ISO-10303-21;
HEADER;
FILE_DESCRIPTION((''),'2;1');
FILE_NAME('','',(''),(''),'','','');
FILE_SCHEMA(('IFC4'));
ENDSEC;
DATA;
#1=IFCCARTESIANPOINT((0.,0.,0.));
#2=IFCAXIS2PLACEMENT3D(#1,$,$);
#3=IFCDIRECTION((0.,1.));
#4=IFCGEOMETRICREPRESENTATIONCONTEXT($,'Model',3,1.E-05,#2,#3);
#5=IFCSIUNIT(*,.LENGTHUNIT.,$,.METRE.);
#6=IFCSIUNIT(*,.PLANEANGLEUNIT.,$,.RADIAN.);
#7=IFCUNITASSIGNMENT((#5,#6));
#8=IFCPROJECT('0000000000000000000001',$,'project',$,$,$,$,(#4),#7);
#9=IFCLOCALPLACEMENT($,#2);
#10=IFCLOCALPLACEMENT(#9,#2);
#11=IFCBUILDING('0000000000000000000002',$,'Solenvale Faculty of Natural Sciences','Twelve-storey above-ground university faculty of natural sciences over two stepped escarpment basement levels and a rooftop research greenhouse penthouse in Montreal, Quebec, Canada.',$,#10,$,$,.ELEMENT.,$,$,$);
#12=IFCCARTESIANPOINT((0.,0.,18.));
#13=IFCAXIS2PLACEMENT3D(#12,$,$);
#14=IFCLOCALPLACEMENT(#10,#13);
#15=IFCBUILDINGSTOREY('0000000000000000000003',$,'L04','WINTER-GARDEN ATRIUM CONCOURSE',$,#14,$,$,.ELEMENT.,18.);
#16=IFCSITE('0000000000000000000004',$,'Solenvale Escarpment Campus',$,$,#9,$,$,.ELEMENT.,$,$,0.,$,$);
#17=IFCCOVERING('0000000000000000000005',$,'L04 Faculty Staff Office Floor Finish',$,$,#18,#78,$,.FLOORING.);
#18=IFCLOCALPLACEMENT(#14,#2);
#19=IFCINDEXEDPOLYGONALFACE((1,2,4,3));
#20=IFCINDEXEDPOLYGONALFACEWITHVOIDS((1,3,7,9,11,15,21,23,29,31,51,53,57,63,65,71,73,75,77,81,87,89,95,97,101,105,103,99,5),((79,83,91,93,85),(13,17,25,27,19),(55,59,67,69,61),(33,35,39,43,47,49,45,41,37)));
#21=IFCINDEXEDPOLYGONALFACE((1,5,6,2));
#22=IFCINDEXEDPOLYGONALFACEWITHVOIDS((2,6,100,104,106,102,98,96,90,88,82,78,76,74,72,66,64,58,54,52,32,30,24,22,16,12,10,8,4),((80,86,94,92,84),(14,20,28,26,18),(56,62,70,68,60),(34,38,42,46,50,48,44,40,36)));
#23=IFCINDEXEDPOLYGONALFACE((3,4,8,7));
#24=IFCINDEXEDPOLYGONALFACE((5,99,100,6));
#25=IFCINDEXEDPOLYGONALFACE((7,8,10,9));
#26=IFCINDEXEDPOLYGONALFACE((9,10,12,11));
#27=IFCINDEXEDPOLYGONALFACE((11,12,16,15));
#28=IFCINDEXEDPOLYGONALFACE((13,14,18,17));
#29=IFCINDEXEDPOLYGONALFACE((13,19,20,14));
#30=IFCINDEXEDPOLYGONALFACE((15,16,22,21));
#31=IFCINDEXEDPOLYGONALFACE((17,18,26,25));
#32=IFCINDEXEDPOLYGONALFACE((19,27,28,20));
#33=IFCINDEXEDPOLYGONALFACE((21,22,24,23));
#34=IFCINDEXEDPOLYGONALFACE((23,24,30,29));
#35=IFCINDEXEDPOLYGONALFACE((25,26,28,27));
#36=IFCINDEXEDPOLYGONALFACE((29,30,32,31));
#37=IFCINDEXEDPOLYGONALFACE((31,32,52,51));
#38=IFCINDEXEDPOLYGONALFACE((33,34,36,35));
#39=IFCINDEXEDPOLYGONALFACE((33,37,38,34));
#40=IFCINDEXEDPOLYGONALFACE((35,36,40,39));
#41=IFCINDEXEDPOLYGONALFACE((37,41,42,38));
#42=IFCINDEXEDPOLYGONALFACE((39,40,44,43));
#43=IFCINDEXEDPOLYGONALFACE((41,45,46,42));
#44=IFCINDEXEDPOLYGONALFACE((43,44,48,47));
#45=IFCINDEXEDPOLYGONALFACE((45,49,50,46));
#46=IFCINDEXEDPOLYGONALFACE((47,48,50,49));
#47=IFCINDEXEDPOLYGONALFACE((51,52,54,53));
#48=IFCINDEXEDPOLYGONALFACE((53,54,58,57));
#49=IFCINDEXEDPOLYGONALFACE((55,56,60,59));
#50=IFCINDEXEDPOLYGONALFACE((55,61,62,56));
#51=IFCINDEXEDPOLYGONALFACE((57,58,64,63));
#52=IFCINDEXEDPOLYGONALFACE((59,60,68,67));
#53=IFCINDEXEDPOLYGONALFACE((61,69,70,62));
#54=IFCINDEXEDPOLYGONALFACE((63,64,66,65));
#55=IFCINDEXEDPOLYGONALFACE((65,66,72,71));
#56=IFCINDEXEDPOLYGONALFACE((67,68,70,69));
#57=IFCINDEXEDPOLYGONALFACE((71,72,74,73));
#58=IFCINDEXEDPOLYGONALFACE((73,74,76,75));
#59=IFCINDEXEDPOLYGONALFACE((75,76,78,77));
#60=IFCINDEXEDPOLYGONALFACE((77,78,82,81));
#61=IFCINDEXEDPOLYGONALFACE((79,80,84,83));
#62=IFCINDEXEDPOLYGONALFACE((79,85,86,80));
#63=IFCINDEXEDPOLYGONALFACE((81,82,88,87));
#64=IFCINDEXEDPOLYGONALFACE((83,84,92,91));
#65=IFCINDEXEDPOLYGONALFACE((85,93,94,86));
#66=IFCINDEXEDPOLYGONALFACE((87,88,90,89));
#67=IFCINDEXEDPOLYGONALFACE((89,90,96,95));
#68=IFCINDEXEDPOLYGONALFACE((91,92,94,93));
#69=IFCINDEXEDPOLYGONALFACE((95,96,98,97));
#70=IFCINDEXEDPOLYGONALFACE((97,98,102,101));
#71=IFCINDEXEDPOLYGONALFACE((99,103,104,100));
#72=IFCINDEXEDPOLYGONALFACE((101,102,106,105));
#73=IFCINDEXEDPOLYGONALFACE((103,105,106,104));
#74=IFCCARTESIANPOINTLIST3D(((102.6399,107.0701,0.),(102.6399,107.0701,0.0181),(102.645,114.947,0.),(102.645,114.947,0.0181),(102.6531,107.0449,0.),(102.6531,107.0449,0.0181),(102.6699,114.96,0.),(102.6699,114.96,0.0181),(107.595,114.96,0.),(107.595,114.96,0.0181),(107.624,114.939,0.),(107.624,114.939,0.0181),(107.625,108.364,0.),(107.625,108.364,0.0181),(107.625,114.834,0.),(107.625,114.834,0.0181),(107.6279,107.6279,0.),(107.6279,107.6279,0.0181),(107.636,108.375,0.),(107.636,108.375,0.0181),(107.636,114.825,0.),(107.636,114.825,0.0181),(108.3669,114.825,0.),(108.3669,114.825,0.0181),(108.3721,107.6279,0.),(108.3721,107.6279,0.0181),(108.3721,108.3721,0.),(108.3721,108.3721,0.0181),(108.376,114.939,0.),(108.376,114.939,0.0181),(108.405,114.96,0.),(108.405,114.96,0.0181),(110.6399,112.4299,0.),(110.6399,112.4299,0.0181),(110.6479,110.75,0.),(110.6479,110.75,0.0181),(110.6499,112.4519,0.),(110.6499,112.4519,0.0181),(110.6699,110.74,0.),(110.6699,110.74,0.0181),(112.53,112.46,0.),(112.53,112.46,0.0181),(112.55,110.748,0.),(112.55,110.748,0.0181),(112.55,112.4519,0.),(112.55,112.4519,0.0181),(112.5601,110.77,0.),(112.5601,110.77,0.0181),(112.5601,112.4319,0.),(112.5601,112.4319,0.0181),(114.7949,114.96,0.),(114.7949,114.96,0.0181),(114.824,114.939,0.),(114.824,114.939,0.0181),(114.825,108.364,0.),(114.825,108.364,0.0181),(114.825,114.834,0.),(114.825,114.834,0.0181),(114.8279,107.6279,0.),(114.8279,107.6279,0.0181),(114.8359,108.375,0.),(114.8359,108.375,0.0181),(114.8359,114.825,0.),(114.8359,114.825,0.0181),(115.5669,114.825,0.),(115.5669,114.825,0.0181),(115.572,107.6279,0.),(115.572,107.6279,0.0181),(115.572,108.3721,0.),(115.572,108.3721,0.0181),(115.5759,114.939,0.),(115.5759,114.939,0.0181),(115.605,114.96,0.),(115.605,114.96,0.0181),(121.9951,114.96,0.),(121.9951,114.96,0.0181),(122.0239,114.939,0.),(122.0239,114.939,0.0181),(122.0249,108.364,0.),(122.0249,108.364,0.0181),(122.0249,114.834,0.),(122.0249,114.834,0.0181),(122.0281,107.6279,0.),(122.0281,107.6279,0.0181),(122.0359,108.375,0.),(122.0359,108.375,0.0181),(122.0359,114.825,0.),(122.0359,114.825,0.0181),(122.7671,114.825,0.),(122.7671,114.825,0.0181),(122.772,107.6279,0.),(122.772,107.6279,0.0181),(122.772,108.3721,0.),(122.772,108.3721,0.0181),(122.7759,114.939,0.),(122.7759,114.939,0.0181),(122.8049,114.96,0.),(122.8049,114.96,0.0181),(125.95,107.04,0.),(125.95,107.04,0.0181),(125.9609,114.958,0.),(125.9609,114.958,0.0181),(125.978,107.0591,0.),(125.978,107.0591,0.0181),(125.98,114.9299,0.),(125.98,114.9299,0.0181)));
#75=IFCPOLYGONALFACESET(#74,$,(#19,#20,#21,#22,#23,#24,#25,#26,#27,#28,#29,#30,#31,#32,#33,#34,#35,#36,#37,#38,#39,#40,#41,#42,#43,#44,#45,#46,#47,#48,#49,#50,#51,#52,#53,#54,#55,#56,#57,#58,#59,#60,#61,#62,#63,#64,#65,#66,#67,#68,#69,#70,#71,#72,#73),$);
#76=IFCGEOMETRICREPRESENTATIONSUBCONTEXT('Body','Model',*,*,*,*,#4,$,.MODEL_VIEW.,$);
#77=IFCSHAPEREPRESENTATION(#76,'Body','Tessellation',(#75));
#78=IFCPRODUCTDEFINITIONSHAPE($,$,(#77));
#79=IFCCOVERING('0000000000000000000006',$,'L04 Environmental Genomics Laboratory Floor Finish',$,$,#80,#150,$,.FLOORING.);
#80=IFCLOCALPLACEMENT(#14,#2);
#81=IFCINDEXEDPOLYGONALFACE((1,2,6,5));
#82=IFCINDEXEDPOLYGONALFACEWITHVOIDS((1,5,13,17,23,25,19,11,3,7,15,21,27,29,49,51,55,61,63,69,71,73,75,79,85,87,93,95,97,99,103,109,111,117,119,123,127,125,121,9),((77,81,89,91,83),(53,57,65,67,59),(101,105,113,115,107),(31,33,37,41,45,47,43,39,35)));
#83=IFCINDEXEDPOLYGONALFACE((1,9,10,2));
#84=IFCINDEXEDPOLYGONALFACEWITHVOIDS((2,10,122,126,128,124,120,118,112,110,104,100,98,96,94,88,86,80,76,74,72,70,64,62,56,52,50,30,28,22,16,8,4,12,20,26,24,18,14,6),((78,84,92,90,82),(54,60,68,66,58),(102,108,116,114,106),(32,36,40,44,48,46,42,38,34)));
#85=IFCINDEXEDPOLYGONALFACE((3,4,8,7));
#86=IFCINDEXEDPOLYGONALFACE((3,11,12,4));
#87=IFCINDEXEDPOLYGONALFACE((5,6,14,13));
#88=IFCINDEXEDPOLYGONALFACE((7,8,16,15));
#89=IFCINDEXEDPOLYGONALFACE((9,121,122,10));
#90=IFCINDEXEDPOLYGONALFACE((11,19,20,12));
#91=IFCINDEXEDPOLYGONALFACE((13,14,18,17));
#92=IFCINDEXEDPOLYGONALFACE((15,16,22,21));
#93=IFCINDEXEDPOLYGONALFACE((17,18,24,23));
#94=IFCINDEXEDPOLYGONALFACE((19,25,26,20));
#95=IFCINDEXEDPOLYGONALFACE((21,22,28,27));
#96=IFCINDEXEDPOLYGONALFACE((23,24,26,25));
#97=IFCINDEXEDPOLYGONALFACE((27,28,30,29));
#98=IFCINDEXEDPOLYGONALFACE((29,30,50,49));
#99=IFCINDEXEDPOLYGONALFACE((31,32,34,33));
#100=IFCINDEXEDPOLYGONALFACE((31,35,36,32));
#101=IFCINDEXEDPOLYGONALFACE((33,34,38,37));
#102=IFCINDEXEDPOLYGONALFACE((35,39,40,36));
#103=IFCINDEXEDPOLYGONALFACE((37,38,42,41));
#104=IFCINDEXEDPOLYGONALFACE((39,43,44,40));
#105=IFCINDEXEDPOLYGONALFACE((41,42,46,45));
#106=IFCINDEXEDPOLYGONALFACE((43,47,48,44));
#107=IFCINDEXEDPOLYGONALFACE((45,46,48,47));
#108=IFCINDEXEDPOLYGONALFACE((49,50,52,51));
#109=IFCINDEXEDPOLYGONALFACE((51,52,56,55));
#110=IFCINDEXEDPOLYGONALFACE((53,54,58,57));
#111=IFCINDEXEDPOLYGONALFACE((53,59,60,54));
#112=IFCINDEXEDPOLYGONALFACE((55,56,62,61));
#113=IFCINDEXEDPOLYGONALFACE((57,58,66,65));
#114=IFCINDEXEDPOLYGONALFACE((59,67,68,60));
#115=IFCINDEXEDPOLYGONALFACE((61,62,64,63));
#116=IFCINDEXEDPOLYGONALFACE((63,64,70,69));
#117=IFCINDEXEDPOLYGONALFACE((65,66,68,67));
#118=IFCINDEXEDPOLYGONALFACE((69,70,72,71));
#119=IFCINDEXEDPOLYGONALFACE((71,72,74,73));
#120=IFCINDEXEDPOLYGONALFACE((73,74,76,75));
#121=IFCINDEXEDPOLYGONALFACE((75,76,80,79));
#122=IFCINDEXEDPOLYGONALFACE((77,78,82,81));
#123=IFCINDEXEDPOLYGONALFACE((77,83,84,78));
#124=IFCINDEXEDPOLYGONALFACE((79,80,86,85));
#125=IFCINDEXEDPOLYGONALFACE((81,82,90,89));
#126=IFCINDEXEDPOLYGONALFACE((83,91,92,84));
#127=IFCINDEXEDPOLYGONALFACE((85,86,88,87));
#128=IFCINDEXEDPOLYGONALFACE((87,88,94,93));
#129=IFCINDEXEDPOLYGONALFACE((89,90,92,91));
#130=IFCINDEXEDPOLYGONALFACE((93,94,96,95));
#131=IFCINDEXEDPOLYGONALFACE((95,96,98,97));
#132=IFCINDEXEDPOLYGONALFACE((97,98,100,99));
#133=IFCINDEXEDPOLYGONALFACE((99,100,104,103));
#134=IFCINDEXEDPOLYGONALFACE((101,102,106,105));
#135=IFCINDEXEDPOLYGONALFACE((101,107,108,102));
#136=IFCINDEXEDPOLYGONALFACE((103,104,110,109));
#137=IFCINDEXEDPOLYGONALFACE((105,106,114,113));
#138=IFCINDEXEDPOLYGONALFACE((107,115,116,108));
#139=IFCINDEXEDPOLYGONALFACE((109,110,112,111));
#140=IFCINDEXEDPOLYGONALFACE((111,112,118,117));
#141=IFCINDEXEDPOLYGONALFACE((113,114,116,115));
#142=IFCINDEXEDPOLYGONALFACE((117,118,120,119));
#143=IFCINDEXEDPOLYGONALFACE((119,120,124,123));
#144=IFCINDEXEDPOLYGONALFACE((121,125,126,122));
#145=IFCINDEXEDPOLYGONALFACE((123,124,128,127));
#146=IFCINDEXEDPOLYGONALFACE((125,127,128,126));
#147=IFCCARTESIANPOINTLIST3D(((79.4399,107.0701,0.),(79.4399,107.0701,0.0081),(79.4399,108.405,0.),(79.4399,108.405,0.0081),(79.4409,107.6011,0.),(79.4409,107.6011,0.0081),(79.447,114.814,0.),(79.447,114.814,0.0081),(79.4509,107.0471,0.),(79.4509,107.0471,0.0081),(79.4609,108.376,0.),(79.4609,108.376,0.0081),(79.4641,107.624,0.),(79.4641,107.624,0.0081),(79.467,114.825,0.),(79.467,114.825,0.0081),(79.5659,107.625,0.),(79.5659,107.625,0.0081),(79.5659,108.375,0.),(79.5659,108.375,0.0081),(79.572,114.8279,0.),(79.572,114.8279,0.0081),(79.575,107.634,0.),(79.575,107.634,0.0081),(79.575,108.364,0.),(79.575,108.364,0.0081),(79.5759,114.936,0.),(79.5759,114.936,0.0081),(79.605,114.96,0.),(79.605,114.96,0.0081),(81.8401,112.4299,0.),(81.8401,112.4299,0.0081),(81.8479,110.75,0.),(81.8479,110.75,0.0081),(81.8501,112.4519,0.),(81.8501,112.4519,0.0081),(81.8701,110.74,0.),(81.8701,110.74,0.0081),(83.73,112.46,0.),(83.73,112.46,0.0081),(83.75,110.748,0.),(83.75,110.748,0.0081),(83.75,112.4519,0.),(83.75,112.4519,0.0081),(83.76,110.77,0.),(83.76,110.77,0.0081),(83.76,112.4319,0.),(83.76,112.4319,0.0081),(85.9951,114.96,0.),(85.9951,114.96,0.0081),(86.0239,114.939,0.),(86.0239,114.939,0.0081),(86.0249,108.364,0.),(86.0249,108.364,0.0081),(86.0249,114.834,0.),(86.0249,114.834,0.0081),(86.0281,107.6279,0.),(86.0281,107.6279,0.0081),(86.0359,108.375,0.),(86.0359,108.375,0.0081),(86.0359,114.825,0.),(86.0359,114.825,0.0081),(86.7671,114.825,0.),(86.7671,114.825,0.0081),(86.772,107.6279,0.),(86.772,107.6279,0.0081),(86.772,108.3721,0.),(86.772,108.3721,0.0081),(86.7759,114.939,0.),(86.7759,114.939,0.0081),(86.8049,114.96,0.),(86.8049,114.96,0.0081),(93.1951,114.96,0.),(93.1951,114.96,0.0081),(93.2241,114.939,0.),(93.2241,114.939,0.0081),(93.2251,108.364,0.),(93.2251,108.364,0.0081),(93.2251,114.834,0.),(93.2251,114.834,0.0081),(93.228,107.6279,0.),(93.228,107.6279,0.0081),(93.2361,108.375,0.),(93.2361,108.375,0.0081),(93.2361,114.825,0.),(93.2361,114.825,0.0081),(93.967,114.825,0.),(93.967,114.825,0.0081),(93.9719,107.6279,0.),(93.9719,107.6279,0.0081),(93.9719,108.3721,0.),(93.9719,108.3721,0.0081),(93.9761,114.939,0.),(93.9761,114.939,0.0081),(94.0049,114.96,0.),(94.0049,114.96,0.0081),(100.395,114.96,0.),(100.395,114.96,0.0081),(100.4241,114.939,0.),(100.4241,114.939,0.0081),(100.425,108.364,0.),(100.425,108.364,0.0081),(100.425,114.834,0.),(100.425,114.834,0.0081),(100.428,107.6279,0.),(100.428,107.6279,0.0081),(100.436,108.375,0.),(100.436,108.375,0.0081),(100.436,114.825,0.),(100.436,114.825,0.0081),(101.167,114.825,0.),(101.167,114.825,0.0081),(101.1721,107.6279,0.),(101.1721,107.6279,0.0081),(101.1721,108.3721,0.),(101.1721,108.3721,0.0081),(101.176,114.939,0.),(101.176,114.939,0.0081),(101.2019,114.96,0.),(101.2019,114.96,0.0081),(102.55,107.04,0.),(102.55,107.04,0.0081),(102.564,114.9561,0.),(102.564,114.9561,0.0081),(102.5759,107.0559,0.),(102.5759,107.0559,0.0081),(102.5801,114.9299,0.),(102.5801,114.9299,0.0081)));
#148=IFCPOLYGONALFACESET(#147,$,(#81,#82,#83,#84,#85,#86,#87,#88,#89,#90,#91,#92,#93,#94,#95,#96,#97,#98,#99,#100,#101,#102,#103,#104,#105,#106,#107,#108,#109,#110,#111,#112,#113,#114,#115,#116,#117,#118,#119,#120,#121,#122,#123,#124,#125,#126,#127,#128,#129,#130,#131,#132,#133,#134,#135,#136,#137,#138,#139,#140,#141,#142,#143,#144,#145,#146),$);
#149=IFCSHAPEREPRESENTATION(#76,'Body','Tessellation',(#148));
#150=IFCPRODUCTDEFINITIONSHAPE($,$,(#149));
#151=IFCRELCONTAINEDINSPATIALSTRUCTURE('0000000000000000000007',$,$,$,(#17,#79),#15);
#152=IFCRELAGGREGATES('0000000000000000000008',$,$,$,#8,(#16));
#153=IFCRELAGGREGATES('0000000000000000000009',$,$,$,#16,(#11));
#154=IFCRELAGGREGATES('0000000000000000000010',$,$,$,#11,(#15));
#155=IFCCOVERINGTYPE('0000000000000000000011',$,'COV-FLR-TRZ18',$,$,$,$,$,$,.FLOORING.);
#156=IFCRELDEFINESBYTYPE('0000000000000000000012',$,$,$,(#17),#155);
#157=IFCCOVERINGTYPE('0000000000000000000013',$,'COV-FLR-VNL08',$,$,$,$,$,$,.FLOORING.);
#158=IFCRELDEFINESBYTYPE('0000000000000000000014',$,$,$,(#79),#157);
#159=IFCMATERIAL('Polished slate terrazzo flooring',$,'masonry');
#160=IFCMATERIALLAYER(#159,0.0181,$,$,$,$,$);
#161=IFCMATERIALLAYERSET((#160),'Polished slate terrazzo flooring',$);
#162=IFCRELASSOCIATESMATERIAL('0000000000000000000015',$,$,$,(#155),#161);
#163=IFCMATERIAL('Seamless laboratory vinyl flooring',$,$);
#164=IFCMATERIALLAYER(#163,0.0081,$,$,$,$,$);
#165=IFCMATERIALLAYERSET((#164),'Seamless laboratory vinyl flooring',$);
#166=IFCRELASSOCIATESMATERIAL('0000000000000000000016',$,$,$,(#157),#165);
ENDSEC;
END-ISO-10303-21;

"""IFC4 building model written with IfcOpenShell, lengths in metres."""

from ifc_helpers import new_model, si_unit, direction, frame, origin, place, context, subcontext, project, spatial, polyline, outline, extrude, material, layer, layer_set, type_object, element, save


model = new_model("IFC4")

# Units and contexts
model_context = context("Model", 3, precision=1e-05, world=origin(), true_north=direction((0.0, 1.0)))
body_context = subcontext(model_context, "Body", "Model", "MODEL_VIEW")
ifc_project = project(units=[si_unit("LENGTHUNIT", "METRE"), si_unit("PLANEANGLEUNIT", "RADIAN")], contexts=[model_context])

# Site, building, storey
site_placement = place(None, origin())
site = spatial("IfcSite", under=ifc_project, at=site_placement, Name="Solenvale Escarpment Campus", CompositionType="ELEMENT", RefElevation=0.0)
building_placement = place(site_placement, origin())
building = spatial("IfcBuilding", under=site, at=building_placement, Name="Solenvale Faculty of Natural Sciences", Description="Twelve-storey above-ground university faculty of natural sciences over two stepped escarpment basement levels and a rooftop research greenhouse penthouse in Montreal, Quebec, Canada.", CompositionType="ELEMENT")
storey_placement = place(building_placement, frame((0.0, 0.0, 18.0)))
storey = spatial("IfcBuildingStorey", under=building, at=storey_placement, Name="L04", Description="WINTER-GARDEN ATRIUM CONCOURSE", CompositionType="ELEMENT", Elevation=18.0)

# Coverings
ifc_material_1 = material(Name="Polished slate terrazzo flooring", Category="masonry")
ifc_layer_1 = layer(ifc_material_1, 0.0181)
ifc_layer_set_1 = layer_set([ifc_layer_1], Name="Polished slate terrazzo flooring")
covering_type_1 = type_object("IfcCoveringType", Name="COV-FLR-TRZ18", PredefinedType="FLOORING", material=ifc_layer_set_1)
covering_1_placement = place(storey_placement, origin())
element("IfcCovering", 1, at=covering_1_placement, inside=storey, type_object=covering_type_1, Name="L04 Faculty Staff Office Floor Finish", PredefinedType="FLOORING", context=body_context, shape_type="SweptSolid", body=[
    extrude(outline(polyline([(107.595, 114.96), (107.624, 114.939), (107.625, 114.834), (107.636, 114.825), (108.3669, 114.825), (108.376, 114.939), (108.405, 114.96), (114.7949, 114.96), (114.824, 114.939), (114.825, 114.834), (114.8359, 114.825), (115.5669, 114.825), (115.5759, 114.939), (115.605, 114.96), (121.9951, 114.96), (122.0239, 114.939), (122.0249, 114.834), (122.0359, 114.825), (122.7671, 114.825), (122.7759, 114.939), (122.8049, 114.96), (125.9609, 114.958), (125.98, 114.9299), (125.978, 107.0591), (125.95, 107.04), (102.6531, 107.0449), (102.6399, 107.0701), (102.645, 114.947), (102.6699, 114.96), (107.595, 114.96)]), holes=[polyline([(122.0359, 108.375), (122.0249, 108.364), (122.0281, 107.6279), (122.772, 107.6279), (122.772, 108.3721), (122.0359, 108.375)]), polyline([(114.8359, 108.375), (114.825, 108.364), (114.8279, 107.6279), (115.572, 107.6279), (115.572, 108.3721), (114.8359, 108.375)]), polyline([(112.5601, 112.4319), (112.55, 112.4519), (112.53, 112.46), (110.6499, 112.4519), (110.6399, 112.4299), (110.6479, 110.75), (110.6699, 110.74), (112.55, 110.748), (112.5601, 110.77), (112.5601, 112.4319)]), polyline([(107.636, 108.375), (107.625, 108.364), (107.6279, 107.6279), (108.3721, 107.6279), (108.3721, 108.3721), (107.636, 108.375)])]), origin(), (0.0, 0.0, 1.0), 0.0181),
])
ifc_material_2 = material(Name="Seamless laboratory vinyl flooring")
ifc_layer_2 = layer(ifc_material_2, 0.0081)
ifc_layer_set_2 = layer_set([ifc_layer_2], Name="Seamless laboratory vinyl flooring")
covering_type_2 = type_object("IfcCoveringType", Name="COV-FLR-VNL08", PredefinedType="FLOORING", material=ifc_layer_set_2)
covering_2_placement = place(storey_placement, origin())
element("IfcCovering", 2, at=covering_2_placement, inside=storey, type_object=covering_type_2, Name="L04 Environmental Genomics Laboratory Floor Finish", PredefinedType="FLOORING", context=body_context, shape_type="SweptSolid", body=[
    extrude(outline(polyline([(85.9951, 114.96), (86.0239, 114.939), (86.0249, 114.834), (86.0359, 114.825), (86.7671, 114.825), (86.7759, 114.939), (86.8049, 114.96), (93.1951, 114.96), (93.2241, 114.939), (93.2251, 114.834), (93.2361, 114.825), (93.967, 114.825), (93.9761, 114.939), (94.0049, 114.96), (100.395, 114.96), (100.4241, 114.939), (100.425, 114.834), (100.436, 114.825), (101.167, 114.825), (101.176, 114.939), (101.2019, 114.96), (102.564, 114.9561), (102.5801, 114.9299), (102.5759, 107.0559), (102.55, 107.04), (79.4509, 107.0471), (79.4399, 107.0701), (79.4409, 107.6011), (79.4641, 107.624), (79.5659, 107.625), (79.575, 107.634), (79.575, 108.364), (79.5659, 108.375), (79.4609, 108.376), (79.4399, 108.405), (79.447, 114.814), (79.467, 114.825), (79.572, 114.8279), (79.5759, 114.936), (79.605, 114.96), (85.9951, 114.96)]), holes=[polyline([(100.436, 108.375), (100.425, 108.364), (100.428, 107.6279), (101.1721, 107.6279), (101.1721, 108.3721), (100.436, 108.375)]), polyline([(93.2361, 108.375), (93.2251, 108.364), (93.228, 107.6279), (93.9719, 107.6279), (93.9719, 108.3721), (93.2361, 108.375)]), polyline([(86.0359, 108.375), (86.0249, 108.364), (86.0281, 107.6279), (86.772, 107.6279), (86.772, 108.3721), (86.0359, 108.375)]), polyline([(83.76, 112.4319), (83.75, 112.4519), (83.73, 112.46), (81.8501, 112.4519), (81.8401, 112.4299), (81.8479, 110.75), (81.8701, 110.74), (83.75, 110.748), (83.76, 110.77), (83.76, 112.4319)])]), origin(), (0.0, 0.0, 1.0), 0.0081),
])

save(model, "model.ifc")
